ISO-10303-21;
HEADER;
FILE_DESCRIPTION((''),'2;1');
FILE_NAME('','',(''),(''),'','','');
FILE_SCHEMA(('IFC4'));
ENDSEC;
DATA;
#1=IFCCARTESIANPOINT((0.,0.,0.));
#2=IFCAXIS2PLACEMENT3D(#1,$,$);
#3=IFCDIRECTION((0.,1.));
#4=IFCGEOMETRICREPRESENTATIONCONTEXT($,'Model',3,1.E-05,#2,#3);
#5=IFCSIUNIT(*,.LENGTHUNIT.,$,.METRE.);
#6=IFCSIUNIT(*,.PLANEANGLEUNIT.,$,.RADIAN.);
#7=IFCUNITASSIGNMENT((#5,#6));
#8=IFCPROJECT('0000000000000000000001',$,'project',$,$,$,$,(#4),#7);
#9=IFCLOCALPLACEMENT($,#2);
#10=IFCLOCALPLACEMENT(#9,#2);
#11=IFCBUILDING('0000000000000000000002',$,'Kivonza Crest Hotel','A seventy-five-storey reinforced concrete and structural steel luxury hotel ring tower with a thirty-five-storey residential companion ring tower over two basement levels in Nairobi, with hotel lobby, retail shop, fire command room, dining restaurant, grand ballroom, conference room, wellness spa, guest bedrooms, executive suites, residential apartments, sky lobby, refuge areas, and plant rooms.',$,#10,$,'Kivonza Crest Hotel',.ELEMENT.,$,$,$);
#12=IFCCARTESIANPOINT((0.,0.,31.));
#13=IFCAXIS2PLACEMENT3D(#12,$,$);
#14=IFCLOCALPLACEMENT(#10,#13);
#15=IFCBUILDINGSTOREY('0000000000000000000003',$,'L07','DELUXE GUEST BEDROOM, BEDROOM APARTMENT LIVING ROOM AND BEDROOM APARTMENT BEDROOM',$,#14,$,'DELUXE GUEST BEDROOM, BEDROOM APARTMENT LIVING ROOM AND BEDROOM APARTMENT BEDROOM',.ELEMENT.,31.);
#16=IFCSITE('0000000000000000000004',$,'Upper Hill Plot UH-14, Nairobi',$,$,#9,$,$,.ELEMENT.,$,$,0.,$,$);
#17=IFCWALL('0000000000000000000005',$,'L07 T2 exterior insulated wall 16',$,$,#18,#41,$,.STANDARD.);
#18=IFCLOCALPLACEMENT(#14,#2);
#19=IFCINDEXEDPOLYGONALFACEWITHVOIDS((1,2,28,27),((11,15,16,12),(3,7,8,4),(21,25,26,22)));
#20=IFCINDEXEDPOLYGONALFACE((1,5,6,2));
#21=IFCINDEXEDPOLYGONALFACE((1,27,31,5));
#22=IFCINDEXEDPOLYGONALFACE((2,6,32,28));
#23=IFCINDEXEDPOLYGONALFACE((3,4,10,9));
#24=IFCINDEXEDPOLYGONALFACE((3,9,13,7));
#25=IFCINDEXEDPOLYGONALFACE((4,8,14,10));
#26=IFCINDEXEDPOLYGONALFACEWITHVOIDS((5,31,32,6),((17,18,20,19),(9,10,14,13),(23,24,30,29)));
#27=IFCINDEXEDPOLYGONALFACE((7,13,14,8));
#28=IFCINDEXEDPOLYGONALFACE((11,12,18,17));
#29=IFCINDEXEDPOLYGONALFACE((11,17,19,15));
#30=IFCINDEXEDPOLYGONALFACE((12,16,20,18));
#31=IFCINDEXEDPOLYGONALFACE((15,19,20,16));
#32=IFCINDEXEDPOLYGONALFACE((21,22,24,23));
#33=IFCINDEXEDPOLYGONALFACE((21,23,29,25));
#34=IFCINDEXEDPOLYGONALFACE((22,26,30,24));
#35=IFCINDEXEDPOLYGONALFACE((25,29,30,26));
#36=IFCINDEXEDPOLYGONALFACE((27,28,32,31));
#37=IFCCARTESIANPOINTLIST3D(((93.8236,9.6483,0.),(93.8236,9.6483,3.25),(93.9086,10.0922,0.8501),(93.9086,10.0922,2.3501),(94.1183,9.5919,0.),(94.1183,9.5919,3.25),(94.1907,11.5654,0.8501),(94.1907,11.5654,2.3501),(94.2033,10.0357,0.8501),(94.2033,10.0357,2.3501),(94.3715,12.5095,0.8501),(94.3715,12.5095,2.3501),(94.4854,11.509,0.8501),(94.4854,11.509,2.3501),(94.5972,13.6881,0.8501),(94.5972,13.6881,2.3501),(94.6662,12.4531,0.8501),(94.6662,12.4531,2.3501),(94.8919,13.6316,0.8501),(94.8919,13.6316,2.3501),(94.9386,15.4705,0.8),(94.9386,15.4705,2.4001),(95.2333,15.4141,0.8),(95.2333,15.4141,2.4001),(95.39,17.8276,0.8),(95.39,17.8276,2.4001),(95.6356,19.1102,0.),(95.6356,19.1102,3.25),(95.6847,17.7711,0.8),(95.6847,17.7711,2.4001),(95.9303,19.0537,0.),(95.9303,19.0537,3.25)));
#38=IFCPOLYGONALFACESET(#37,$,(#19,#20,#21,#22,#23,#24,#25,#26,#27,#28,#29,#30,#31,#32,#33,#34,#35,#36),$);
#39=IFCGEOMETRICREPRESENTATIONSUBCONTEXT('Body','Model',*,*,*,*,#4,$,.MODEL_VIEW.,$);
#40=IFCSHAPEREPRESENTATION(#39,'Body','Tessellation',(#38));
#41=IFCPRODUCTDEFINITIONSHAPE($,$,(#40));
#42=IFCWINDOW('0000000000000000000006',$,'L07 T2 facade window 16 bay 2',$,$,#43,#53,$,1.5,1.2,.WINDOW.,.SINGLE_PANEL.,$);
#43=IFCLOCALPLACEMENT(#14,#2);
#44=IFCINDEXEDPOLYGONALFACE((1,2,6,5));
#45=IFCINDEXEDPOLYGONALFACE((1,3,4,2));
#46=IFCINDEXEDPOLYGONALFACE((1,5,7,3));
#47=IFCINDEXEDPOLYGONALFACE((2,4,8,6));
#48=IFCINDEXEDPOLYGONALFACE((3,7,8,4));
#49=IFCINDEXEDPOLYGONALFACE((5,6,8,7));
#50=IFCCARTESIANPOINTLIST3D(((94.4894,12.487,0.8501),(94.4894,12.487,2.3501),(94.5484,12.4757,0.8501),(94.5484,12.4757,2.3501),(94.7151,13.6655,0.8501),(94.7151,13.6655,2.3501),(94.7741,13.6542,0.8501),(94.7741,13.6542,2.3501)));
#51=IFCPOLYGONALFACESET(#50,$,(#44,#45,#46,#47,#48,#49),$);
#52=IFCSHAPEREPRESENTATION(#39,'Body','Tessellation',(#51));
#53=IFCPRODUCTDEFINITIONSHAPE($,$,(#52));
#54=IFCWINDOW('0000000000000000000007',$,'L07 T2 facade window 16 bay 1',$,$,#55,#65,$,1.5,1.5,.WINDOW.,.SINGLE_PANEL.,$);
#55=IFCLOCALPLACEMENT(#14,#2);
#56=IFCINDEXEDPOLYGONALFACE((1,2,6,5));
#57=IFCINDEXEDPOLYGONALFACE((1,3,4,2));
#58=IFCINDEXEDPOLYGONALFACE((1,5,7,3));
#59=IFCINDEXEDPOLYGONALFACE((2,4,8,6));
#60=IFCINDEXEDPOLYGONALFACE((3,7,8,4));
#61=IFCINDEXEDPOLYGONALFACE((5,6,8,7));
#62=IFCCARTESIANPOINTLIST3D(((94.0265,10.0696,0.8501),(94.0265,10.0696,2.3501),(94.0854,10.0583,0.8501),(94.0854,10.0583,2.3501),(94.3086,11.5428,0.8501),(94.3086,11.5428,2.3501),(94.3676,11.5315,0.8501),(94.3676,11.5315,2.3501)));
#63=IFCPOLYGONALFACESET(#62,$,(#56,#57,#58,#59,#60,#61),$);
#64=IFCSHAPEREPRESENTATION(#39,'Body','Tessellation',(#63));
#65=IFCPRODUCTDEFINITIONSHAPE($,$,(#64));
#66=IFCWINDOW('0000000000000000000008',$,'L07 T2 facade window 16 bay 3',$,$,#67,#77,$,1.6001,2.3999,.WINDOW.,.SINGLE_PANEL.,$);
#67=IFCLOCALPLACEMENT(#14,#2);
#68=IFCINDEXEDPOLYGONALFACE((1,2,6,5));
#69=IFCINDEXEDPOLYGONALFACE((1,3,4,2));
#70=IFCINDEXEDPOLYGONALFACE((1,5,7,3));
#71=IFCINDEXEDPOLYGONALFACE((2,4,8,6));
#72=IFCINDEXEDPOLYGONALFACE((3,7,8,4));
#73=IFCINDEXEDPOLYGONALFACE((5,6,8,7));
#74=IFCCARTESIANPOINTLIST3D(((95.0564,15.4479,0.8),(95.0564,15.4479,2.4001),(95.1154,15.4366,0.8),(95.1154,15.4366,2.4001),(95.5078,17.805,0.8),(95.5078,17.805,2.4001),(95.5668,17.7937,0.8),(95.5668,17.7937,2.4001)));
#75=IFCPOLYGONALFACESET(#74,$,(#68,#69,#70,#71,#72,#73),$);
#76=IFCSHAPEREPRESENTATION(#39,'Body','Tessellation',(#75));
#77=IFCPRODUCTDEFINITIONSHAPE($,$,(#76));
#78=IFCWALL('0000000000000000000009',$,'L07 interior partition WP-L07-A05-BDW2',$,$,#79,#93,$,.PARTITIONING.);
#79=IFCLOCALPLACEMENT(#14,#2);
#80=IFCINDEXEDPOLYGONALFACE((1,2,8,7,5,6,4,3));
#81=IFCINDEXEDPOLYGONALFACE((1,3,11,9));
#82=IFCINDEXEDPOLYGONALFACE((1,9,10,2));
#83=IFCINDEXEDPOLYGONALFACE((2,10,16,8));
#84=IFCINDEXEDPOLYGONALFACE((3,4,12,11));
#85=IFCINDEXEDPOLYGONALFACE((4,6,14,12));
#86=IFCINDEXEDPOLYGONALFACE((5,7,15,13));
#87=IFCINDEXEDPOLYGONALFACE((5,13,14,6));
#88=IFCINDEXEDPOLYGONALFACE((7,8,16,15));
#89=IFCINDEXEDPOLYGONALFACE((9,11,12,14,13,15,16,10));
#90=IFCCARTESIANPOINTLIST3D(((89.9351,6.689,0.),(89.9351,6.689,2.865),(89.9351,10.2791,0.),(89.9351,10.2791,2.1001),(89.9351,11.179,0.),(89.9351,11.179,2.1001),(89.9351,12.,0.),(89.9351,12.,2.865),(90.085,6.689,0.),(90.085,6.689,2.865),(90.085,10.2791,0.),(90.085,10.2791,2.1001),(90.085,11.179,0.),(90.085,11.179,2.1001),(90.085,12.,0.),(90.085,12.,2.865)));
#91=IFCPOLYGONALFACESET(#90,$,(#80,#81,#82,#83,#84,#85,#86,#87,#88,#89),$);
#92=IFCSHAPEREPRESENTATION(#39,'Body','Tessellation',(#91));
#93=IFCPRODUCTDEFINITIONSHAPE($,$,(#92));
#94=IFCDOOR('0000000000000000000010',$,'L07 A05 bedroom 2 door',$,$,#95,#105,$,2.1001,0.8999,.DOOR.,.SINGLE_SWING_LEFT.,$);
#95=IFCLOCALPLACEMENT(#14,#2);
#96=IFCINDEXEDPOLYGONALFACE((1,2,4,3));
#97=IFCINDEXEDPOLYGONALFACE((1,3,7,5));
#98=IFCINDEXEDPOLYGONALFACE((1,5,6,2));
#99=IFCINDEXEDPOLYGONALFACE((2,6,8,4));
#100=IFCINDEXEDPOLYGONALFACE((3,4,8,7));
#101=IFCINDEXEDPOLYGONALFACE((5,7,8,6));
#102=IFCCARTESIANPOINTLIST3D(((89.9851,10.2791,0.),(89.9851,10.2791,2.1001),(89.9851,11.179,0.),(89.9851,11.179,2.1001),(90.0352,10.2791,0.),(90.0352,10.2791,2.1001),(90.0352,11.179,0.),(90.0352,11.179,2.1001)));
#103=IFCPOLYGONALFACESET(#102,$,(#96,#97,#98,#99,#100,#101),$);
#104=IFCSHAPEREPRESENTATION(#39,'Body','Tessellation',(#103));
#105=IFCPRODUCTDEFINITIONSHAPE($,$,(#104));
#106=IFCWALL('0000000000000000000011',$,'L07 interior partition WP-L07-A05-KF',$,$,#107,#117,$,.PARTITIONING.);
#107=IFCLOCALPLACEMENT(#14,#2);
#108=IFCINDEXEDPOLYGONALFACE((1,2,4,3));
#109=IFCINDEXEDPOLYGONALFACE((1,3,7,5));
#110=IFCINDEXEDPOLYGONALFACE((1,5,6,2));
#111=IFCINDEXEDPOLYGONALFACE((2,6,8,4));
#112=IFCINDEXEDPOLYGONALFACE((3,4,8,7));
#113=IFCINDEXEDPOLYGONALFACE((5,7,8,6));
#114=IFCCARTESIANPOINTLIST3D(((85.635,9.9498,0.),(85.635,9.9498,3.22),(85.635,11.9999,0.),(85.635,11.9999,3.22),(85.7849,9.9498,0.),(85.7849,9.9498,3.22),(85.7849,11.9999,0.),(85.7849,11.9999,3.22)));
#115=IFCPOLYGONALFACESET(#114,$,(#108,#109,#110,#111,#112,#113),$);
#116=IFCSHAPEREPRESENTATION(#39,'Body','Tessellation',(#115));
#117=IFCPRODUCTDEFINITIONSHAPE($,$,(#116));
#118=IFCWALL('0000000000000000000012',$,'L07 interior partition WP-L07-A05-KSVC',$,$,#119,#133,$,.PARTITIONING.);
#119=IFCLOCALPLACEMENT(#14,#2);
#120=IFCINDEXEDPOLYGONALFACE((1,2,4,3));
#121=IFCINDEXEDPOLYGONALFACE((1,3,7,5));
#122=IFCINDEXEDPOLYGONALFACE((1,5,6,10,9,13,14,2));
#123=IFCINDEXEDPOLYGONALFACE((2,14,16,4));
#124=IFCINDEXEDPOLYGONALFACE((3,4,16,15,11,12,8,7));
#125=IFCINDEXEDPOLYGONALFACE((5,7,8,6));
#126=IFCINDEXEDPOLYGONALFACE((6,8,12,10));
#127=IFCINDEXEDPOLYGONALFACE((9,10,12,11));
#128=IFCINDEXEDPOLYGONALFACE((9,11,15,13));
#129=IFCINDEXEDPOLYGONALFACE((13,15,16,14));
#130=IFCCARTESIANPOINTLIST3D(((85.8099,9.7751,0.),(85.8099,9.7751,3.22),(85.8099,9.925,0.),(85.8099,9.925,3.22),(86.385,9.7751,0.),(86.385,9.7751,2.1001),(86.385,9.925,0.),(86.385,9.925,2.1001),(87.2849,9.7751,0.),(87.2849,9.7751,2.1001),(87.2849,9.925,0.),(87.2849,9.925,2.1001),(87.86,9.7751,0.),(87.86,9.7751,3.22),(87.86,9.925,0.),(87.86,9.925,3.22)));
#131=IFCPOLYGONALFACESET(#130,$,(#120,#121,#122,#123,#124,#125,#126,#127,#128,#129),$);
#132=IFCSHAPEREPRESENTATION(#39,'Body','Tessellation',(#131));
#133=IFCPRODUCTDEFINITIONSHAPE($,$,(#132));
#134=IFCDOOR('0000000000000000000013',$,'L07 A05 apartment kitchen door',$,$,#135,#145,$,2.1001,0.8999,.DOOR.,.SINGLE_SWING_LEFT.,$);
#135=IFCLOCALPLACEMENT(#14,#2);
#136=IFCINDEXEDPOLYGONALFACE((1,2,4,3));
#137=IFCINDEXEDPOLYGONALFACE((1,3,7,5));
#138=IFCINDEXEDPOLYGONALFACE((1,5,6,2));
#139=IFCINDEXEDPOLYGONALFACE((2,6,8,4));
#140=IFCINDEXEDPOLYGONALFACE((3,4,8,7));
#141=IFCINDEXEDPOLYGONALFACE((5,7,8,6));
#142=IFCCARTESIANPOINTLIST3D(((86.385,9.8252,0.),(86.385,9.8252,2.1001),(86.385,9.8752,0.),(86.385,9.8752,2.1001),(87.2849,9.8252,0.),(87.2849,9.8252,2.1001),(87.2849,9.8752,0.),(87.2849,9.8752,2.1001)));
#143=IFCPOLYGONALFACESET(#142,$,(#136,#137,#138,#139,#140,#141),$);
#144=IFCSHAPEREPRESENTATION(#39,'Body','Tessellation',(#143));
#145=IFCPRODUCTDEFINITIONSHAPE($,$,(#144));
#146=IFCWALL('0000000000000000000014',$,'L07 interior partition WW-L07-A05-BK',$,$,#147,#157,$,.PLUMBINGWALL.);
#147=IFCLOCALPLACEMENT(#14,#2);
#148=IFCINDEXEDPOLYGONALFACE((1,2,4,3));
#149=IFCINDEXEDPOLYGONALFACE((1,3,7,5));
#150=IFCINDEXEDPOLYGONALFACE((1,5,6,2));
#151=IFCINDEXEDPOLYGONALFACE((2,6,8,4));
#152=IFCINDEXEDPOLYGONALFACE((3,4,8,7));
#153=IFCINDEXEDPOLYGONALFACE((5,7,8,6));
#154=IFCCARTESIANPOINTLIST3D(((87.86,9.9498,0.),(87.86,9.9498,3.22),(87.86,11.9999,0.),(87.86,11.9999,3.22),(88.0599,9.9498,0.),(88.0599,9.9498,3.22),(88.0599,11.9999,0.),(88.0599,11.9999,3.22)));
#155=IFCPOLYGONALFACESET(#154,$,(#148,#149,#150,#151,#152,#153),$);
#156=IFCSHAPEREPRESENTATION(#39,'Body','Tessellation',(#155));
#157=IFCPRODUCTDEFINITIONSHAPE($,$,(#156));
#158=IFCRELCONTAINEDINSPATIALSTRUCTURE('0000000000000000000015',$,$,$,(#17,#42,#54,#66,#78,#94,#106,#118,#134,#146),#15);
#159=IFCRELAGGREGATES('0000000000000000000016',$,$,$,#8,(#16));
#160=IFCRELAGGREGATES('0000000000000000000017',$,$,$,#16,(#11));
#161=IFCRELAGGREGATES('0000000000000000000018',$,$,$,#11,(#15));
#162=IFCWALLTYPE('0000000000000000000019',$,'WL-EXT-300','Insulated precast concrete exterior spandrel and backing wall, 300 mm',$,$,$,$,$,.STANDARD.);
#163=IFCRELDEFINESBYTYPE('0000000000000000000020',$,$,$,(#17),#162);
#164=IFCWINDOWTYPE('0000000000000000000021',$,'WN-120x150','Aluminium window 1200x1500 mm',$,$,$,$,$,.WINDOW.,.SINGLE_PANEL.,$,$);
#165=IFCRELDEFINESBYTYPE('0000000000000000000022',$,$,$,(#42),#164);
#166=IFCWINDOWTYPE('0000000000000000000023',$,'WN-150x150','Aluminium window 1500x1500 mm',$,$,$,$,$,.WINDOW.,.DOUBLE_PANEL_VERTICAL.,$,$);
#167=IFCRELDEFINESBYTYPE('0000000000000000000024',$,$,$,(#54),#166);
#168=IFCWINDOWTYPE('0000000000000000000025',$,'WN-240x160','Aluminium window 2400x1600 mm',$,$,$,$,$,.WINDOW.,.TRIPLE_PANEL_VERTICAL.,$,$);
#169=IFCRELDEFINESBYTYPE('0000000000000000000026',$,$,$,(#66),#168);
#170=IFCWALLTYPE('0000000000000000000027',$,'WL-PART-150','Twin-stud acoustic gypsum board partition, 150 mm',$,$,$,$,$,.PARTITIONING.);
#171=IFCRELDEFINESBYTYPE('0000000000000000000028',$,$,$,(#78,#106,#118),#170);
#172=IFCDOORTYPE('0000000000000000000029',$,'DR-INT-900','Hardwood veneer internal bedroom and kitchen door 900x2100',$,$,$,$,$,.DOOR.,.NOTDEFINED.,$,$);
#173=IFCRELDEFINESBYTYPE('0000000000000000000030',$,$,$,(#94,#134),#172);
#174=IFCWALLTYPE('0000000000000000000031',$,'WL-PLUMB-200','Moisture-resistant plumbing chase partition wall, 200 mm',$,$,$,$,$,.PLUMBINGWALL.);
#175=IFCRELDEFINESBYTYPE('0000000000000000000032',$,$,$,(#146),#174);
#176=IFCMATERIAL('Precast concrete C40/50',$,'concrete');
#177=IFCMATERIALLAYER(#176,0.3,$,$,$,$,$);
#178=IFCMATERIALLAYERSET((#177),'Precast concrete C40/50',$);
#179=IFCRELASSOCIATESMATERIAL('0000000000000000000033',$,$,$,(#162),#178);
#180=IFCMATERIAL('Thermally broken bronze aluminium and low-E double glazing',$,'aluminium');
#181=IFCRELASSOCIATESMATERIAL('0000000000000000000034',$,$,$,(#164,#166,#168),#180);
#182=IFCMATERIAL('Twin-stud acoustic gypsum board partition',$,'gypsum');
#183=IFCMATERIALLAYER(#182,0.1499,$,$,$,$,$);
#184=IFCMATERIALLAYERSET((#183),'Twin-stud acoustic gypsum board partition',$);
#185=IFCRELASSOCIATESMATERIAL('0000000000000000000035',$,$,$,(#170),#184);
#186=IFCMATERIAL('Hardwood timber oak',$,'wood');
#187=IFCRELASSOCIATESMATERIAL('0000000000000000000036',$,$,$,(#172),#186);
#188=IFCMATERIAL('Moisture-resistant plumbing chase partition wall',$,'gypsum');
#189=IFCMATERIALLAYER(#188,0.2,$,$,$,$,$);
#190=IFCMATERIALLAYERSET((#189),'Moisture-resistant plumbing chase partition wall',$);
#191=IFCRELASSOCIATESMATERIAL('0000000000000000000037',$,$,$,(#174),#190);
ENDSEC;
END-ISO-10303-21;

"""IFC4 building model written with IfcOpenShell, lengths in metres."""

from ifc_helpers import new_model, si_unit, direction, frame, frame_2d, origin, place, context, subcontext, project, spatial, rectangle, extrude, material, layer, layer_set, type_object, element, fill, save


model = new_model("IFC4")

# Units and contexts
model_context = context("Model", 3, precision=1e-05, world=origin(), true_north=direction((0.0, 1.0)))
body_context = subcontext(model_context, "Body", "Model", "MODEL_VIEW")
ifc_project = project(units=[si_unit("LENGTHUNIT", "METRE"), si_unit("PLANEANGLEUNIT", "RADIAN")], contexts=[model_context])

# Site, building, storey
site_placement = place(None, origin())
site = spatial("IfcSite", under=ifc_project, at=site_placement, Name="Upper Hill Plot UH-14, Nairobi", CompositionType="ELEMENT", RefElevation=0.0)
building_placement = place(site_placement, origin())
building = spatial("IfcBuilding", under=site, at=building_placement, Name="Kivonza Crest Hotel", Description="A seventy-five-storey reinforced concrete and structural steel luxury hotel ring tower with a thirty-five-storey residential companion ring tower over two basement levels in Nairobi, with hotel lobby, retail shop, fire command room, dining restaurant, grand ballroom, conference room, wellness spa, guest bedrooms, executive suites, residential apartments, sky lobby, refuge areas, and plant rooms.", LongName="Kivonza Crest Hotel", CompositionType="ELEMENT")
storey_placement = place(building_placement, frame((0.0, 0.0, 31.0)))
storey = spatial("IfcBuildingStorey", under=building, at=storey_placement, Name="L07", Description="DELUXE GUEST BEDROOM, BEDROOM APARTMENT LIVING ROOM AND BEDROOM APARTMENT BEDROOM", LongName="DELUXE GUEST BEDROOM, BEDROOM APARTMENT LIVING ROOM AND BEDROOM APARTMENT BEDROOM", CompositionType="ELEMENT", Elevation=31.0)

# Shared definitions
ifc_material_1 = material(Name="Precast concrete C40/50", Category="concrete")
ifc_layer_1 = layer(ifc_material_1, 0.3)
ifc_layer_set_1 = layer_set([ifc_layer_1], Name="Precast concrete C40/50")
wall_type_1 = type_object("IfcWallType", Name="WL-EXT-300", Description="Insulated precast concrete exterior spandrel and backing wall, 300 mm", PredefinedType="STANDARD", material=ifc_layer_set_1)

# Wall, openings, windows
wall_1_placement = place(storey_placement, frame((93.9709, 9.6201, 0.0), z_axis=(0.0, 0.0, 1.0), x_axis=(0.188088, 0.982152, 0.0)))
wall_1 = element("IfcWall", 1, at=wall_1_placement, inside=storey, type_object=wall_type_1, Name="L07 T2 exterior insulated wall 16", PredefinedType="STANDARD", context=body_context, shape_type="SweptSolid", body=[
    extrude(rectangle(XDim=9.6338, YDim=0.3, at=frame_2d((4.8169, 0.0))), origin(), (0.0, 0.0, 1.0), 3.25),
])
opening_1_placement = place(wall_1_placement, frame((0.4519, 0.0, 0.8501)))
opening_1 = element("IfcOpeningElement", 2, at=opening_1_placement, cuts=wall_1, PredefinedType="OPENING", context=body_context, shape_type="SweptSolid", body=[
    extrude(rectangle(XDim=1.5, YDim=1.5, at=frame_2d((0.75, 0.75))), frame((0.0, 0.1602, 0.0), z_axis=(0.0, -1.0, 0.0), x_axis=(1.0, 0.0, 0.0)), (0.0, 0.0, 1.0), 0.3201),
])
opening_2_placement = place(wall_1_placement, frame((2.9131, 0.0, 0.8501)))
opening_2 = element("IfcOpeningElement", 3, at=opening_2_placement, cuts=wall_1, PredefinedType="OPENING", context=body_context, shape_type="SweptSolid", body=[
    extrude(rectangle(XDim=1.2, YDim=1.5, at=frame_2d((0.6001, 0.75))), frame((0.0, 0.1602, 0.0), z_axis=(0.0, -1.0, 0.0), x_axis=(1.0, 0.0, 0.0)), (0.0, 0.0, 1.0), 0.3201),
])
opening_3_placement = place(wall_1_placement, frame((5.928, 0.0, 0.8)))
opening_3 = element("IfcOpeningElement", 4, at=opening_3_placement, cuts=wall_1, PredefinedType="OPENING", context=body_context, shape_type="SweptSolid", body=[
    extrude(rectangle(XDim=2.3999, YDim=1.6001, at=frame_2d((1.2, 0.8))), frame((0.0, 0.1602, 0.0), z_axis=(0.0, -1.0, 0.0), x_axis=(1.0, 0.0, 0.0)), (0.0, 0.0, 1.0), 0.3201),
])
ifc_material_2 = material(Name="Thermally broken bronze aluminium and low-E double glazing", Category="aluminium")
window_type_1 = type_object("IfcWindowType", Name="WN-120x150", Description="Aluminium window 1200x1500 mm", PartitioningType="SINGLE_PANEL", PredefinedType="WINDOW", material=ifc_material_2)
window_1_placement = place(opening_2_placement, origin())
window_1 = element("IfcWindow", 5, at=window_1_placement, inside=storey, type_object=window_type_1, Name="L07 T2 facade window 16 bay 2", OverallHeight=1.5, OverallWidth=1.2, PartitioningType="SINGLE_PANEL", PredefinedType="WINDOW", context=body_context, shape_type="SweptSolid", body=[
    extrude(rectangle(XDim=1.2, YDim=1.5, at=frame_2d((0.6001, 0.75))), frame((0.0, 0.03, 0.0), z_axis=(0.0, -1.0, 0.0), x_axis=(1.0, 0.0, 0.0)), (0.0, 0.0, 1.0), 0.0601),
])
fill(opening_2, window_1)
window_type_2 = type_object("IfcWindowType", Name="WN-150x150", Description="Aluminium window 1500x1500 mm", PartitioningType="DOUBLE_PANEL_VERTICAL", PredefinedType="WINDOW", material=ifc_material_2)
window_2_placement = place(opening_1_placement, origin())
window_2 = element("IfcWindow", 6, at=window_2_placement, inside=storey, type_object=window_type_2, Name="L07 T2 facade window 16 bay 1", OverallHeight=1.5, OverallWidth=1.5, PartitioningType="SINGLE_PANEL", PredefinedType="WINDOW", context=body_context, shape_type="SweptSolid", body=[
    extrude(rectangle(XDim=1.5, YDim=1.5, at=frame_2d((0.75, 0.75))), frame((0.0, 0.03, 0.0), z_axis=(0.0, -1.0, 0.0), x_axis=(1.0, 0.0, 0.0)), (0.0, 0.0, 1.0), 0.0601),
])
fill(opening_1, window_2)
window_type_3 = type_object("IfcWindowType", Name="WN-240x160", Description="Aluminium window 2400x1600 mm", PartitioningType="TRIPLE_PANEL_VERTICAL", PredefinedType="WINDOW", material=ifc_material_2)
window_3_placement = place(opening_3_placement, origin())
window_3 = element("IfcWindow", 7, at=window_3_placement, inside=storey, type_object=window_type_3, Name="L07 T2 facade window 16 bay 3", OverallHeight=1.6001, OverallWidth=2.3999, PartitioningType="SINGLE_PANEL", PredefinedType="WINDOW", context=body_context, shape_type="SweptSolid", body=[
    extrude(rectangle(XDim=2.3999, YDim=1.6001, at=frame_2d((1.2, 0.8))), frame((0.0, 0.03, 0.0), z_axis=(0.0, -1.0, 0.0), x_axis=(1.0, 0.0, 0.0)), (0.0, 0.0, 1.0), 0.0601),
])
fill(opening_3, window_3)

# Wall, opening, door
ifc_material_3 = material(Name="Twin-stud acoustic gypsum board partition", Category="gypsum")
ifc_layer_2 = layer(ifc_material_3, 0.1499)
ifc_layer_set_2 = layer_set([ifc_layer_2], Name="Twin-stud acoustic gypsum board partition")
wall_type_2 = type_object("IfcWallType", Name="WL-PART-150", Description="Twin-stud acoustic gypsum board partition, 150 mm", PredefinedType="PARTITIONING", material=ifc_layer_set_2)
wall_2_placement = place(storey_placement, frame((90.01, 6.689, 0.0), z_axis=(0.0, 0.0, 1.0), x_axis=(0.0, 1.0, 0.0)))
wall_2 = element("IfcWall", 8, at=wall_2_placement, inside=storey, type_object=wall_type_2, Name="L07 interior partition WP-L07-A05-BDW2", PredefinedType="PARTITIONING", context=body_context, shape_type="SweptSolid", body=[
    extrude(rectangle(XDim=5.311, YDim=0.1499, at=frame_2d((2.6555, 0.0))), origin(), (0.0, 0.0, 1.0), 2.865),
])
opening_4_placement = place(wall_2_placement, frame((3.5901, 0.0, 0.0)))
opening_4 = element("IfcOpeningElement", 9, at=opening_4_placement, cuts=wall_2, PredefinedType="OPENING", context=body_context, shape_type="SweptSolid", body=[
    extrude(rectangle(XDim=0.8999, YDim=2.1001, at=frame_2d((0.45, 1.05))), frame((0.0, 0.085, 0.0), z_axis=(0.0, -1.0, 0.0), x_axis=(1.0, 0.0, 0.0)), (0.0, 0.0, 1.0), 0.1699),
])
ifc_material_4 = material(Name="Hardwood timber oak", Category="wood")
door_type_1 = type_object("IfcDoorType", Name="DR-INT-900", Description="Hardwood veneer internal bedroom and kitchen door 900x2100", OperationType="NOTDEFINED", PredefinedType="DOOR", material=ifc_material_4)
door_1_placement = place(opening_4_placement, origin())
door_1 = element("IfcDoor", 10, at=door_1_placement, inside=storey, type_object=door_type_1, Name="L07 A05 bedroom 2 door", OperationType="SINGLE_SWING_LEFT", OverallHeight=2.1001, OverallWidth=0.8999, PredefinedType="DOOR", context=body_context, shape_type="SweptSolid", body=[
    extrude(rectangle(XDim=0.8999, YDim=2.1001, at=frame_2d((0.45, 1.05))), frame((0.0, 0.0249, 0.0), z_axis=(0.0, -1.0, 0.0), x_axis=(1.0, 0.0, 0.0)), (0.0, 0.0, 1.0), 0.05),
])
fill(opening_4, door_1)

# Wall
wall_3_placement = place(storey_placement, frame((85.71, 9.95, 0.0), z_axis=(0.0, 0.0, 1.0), x_axis=(0.0, 1.0, 0.0)))
element("IfcWall", 11, at=wall_3_placement, inside=storey, type_object=wall_type_2, Name="L07 interior partition WP-L07-A05-KF", PredefinedType="PARTITIONING", context=body_context, shape_type="SweptSolid", body=[
    extrude(rectangle(XDim=2.05, YDim=0.1499, at=frame_2d((1.0249, 0.0))), origin(), (0.0, 0.0, 1.0), 3.22),
])

# Wall, opening, door
wall_4_placement = place(storey_placement, frame((85.8101, 9.8501, 0.0), z_axis=(0.0, 0.0, 1.0), x_axis=(1.0, 0.0, 0.0)))
wall_4 = element("IfcWall", 12, at=wall_4_placement, inside=storey, type_object=wall_type_2, Name="L07 interior partition WP-L07-A05-KSVC", PredefinedType="PARTITIONING", context=body_context, shape_type="SweptSolid", body=[
    extrude(rectangle(XDim=2.05, YDim=0.1499, at=frame_2d((1.0249, 0.0))), origin(), (0.0, 0.0, 1.0), 3.22),
])
opening_5_placement = place(wall_4_placement, frame((0.575, 0.0, 0.0)))
opening_5 = element("IfcOpeningElement", 13, at=opening_5_placement, cuts=wall_4, PredefinedType="OPENING", context=body_context, shape_type="SweptSolid", body=[
    extrude(rectangle(XDim=0.8999, YDim=2.1001, at=frame_2d((0.45, 1.05))), frame((0.0, 0.085, 0.0), z_axis=(0.0, -1.0, 0.0), x_axis=(1.0, 0.0, 0.0)), (0.0, 0.0, 1.0), 0.1699),
])
door_2_placement = place(opening_5_placement, frame((0.8999, 0.0, 0.0), z_axis=(0.0, 0.0, 1.0), x_axis=(-1.0, 0.0, 0.0)))
door_2 = element("IfcDoor", 14, at=door_2_placement, inside=storey, type_object=door_type_1, Name="L07 A05 apartment kitchen door", OperationType="SINGLE_SWING_LEFT", OverallHeight=2.1001, OverallWidth=0.8999, PredefinedType="DOOR", context=body_context, shape_type="SweptSolid", body=[
    extrude(rectangle(XDim=0.8999, YDim=2.1001, at=frame_2d((0.45, 1.05))), frame((0.0, 0.0249, 0.0), z_axis=(0.0, -1.0, 0.0), x_axis=(1.0, 0.0, 0.0)), (0.0, 0.0, 1.0), 0.05),
])
fill(opening_5, door_2)

# Wall
ifc_material_5 = material(Name="Moisture-resistant plumbing chase partition wall", Category="gypsum")
ifc_layer_3 = layer(ifc_material_5, 0.2)
ifc_layer_set_3 = layer_set([ifc_layer_3], Name="Moisture-resistant plumbing chase partition wall")
wall_type_3 = type_object("IfcWallType", Name="WL-PLUMB-200", Description="Moisture-resistant plumbing chase partition wall, 200 mm", PredefinedType="PLUMBINGWALL", material=ifc_layer_set_3)
wall_5_placement = place(storey_placement, frame((87.96, 9.95, 0.0), z_axis=(0.0, 0.0, 1.0), x_axis=(0.0, 1.0, 0.0)))
element("IfcWall", 15, at=wall_5_placement, inside=storey, type_object=wall_type_3, Name="L07 interior partition WW-L07-A05-BK", PredefinedType="PLUMBINGWALL", context=body_context, shape_type="SweptSolid", body=[
    extrude(rectangle(XDim=2.05, YDim=0.2, at=frame_2d((1.0249, 0.0))), origin(), (0.0, 0.0, 1.0), 3.22),
])

save(model, "model.ifc")
